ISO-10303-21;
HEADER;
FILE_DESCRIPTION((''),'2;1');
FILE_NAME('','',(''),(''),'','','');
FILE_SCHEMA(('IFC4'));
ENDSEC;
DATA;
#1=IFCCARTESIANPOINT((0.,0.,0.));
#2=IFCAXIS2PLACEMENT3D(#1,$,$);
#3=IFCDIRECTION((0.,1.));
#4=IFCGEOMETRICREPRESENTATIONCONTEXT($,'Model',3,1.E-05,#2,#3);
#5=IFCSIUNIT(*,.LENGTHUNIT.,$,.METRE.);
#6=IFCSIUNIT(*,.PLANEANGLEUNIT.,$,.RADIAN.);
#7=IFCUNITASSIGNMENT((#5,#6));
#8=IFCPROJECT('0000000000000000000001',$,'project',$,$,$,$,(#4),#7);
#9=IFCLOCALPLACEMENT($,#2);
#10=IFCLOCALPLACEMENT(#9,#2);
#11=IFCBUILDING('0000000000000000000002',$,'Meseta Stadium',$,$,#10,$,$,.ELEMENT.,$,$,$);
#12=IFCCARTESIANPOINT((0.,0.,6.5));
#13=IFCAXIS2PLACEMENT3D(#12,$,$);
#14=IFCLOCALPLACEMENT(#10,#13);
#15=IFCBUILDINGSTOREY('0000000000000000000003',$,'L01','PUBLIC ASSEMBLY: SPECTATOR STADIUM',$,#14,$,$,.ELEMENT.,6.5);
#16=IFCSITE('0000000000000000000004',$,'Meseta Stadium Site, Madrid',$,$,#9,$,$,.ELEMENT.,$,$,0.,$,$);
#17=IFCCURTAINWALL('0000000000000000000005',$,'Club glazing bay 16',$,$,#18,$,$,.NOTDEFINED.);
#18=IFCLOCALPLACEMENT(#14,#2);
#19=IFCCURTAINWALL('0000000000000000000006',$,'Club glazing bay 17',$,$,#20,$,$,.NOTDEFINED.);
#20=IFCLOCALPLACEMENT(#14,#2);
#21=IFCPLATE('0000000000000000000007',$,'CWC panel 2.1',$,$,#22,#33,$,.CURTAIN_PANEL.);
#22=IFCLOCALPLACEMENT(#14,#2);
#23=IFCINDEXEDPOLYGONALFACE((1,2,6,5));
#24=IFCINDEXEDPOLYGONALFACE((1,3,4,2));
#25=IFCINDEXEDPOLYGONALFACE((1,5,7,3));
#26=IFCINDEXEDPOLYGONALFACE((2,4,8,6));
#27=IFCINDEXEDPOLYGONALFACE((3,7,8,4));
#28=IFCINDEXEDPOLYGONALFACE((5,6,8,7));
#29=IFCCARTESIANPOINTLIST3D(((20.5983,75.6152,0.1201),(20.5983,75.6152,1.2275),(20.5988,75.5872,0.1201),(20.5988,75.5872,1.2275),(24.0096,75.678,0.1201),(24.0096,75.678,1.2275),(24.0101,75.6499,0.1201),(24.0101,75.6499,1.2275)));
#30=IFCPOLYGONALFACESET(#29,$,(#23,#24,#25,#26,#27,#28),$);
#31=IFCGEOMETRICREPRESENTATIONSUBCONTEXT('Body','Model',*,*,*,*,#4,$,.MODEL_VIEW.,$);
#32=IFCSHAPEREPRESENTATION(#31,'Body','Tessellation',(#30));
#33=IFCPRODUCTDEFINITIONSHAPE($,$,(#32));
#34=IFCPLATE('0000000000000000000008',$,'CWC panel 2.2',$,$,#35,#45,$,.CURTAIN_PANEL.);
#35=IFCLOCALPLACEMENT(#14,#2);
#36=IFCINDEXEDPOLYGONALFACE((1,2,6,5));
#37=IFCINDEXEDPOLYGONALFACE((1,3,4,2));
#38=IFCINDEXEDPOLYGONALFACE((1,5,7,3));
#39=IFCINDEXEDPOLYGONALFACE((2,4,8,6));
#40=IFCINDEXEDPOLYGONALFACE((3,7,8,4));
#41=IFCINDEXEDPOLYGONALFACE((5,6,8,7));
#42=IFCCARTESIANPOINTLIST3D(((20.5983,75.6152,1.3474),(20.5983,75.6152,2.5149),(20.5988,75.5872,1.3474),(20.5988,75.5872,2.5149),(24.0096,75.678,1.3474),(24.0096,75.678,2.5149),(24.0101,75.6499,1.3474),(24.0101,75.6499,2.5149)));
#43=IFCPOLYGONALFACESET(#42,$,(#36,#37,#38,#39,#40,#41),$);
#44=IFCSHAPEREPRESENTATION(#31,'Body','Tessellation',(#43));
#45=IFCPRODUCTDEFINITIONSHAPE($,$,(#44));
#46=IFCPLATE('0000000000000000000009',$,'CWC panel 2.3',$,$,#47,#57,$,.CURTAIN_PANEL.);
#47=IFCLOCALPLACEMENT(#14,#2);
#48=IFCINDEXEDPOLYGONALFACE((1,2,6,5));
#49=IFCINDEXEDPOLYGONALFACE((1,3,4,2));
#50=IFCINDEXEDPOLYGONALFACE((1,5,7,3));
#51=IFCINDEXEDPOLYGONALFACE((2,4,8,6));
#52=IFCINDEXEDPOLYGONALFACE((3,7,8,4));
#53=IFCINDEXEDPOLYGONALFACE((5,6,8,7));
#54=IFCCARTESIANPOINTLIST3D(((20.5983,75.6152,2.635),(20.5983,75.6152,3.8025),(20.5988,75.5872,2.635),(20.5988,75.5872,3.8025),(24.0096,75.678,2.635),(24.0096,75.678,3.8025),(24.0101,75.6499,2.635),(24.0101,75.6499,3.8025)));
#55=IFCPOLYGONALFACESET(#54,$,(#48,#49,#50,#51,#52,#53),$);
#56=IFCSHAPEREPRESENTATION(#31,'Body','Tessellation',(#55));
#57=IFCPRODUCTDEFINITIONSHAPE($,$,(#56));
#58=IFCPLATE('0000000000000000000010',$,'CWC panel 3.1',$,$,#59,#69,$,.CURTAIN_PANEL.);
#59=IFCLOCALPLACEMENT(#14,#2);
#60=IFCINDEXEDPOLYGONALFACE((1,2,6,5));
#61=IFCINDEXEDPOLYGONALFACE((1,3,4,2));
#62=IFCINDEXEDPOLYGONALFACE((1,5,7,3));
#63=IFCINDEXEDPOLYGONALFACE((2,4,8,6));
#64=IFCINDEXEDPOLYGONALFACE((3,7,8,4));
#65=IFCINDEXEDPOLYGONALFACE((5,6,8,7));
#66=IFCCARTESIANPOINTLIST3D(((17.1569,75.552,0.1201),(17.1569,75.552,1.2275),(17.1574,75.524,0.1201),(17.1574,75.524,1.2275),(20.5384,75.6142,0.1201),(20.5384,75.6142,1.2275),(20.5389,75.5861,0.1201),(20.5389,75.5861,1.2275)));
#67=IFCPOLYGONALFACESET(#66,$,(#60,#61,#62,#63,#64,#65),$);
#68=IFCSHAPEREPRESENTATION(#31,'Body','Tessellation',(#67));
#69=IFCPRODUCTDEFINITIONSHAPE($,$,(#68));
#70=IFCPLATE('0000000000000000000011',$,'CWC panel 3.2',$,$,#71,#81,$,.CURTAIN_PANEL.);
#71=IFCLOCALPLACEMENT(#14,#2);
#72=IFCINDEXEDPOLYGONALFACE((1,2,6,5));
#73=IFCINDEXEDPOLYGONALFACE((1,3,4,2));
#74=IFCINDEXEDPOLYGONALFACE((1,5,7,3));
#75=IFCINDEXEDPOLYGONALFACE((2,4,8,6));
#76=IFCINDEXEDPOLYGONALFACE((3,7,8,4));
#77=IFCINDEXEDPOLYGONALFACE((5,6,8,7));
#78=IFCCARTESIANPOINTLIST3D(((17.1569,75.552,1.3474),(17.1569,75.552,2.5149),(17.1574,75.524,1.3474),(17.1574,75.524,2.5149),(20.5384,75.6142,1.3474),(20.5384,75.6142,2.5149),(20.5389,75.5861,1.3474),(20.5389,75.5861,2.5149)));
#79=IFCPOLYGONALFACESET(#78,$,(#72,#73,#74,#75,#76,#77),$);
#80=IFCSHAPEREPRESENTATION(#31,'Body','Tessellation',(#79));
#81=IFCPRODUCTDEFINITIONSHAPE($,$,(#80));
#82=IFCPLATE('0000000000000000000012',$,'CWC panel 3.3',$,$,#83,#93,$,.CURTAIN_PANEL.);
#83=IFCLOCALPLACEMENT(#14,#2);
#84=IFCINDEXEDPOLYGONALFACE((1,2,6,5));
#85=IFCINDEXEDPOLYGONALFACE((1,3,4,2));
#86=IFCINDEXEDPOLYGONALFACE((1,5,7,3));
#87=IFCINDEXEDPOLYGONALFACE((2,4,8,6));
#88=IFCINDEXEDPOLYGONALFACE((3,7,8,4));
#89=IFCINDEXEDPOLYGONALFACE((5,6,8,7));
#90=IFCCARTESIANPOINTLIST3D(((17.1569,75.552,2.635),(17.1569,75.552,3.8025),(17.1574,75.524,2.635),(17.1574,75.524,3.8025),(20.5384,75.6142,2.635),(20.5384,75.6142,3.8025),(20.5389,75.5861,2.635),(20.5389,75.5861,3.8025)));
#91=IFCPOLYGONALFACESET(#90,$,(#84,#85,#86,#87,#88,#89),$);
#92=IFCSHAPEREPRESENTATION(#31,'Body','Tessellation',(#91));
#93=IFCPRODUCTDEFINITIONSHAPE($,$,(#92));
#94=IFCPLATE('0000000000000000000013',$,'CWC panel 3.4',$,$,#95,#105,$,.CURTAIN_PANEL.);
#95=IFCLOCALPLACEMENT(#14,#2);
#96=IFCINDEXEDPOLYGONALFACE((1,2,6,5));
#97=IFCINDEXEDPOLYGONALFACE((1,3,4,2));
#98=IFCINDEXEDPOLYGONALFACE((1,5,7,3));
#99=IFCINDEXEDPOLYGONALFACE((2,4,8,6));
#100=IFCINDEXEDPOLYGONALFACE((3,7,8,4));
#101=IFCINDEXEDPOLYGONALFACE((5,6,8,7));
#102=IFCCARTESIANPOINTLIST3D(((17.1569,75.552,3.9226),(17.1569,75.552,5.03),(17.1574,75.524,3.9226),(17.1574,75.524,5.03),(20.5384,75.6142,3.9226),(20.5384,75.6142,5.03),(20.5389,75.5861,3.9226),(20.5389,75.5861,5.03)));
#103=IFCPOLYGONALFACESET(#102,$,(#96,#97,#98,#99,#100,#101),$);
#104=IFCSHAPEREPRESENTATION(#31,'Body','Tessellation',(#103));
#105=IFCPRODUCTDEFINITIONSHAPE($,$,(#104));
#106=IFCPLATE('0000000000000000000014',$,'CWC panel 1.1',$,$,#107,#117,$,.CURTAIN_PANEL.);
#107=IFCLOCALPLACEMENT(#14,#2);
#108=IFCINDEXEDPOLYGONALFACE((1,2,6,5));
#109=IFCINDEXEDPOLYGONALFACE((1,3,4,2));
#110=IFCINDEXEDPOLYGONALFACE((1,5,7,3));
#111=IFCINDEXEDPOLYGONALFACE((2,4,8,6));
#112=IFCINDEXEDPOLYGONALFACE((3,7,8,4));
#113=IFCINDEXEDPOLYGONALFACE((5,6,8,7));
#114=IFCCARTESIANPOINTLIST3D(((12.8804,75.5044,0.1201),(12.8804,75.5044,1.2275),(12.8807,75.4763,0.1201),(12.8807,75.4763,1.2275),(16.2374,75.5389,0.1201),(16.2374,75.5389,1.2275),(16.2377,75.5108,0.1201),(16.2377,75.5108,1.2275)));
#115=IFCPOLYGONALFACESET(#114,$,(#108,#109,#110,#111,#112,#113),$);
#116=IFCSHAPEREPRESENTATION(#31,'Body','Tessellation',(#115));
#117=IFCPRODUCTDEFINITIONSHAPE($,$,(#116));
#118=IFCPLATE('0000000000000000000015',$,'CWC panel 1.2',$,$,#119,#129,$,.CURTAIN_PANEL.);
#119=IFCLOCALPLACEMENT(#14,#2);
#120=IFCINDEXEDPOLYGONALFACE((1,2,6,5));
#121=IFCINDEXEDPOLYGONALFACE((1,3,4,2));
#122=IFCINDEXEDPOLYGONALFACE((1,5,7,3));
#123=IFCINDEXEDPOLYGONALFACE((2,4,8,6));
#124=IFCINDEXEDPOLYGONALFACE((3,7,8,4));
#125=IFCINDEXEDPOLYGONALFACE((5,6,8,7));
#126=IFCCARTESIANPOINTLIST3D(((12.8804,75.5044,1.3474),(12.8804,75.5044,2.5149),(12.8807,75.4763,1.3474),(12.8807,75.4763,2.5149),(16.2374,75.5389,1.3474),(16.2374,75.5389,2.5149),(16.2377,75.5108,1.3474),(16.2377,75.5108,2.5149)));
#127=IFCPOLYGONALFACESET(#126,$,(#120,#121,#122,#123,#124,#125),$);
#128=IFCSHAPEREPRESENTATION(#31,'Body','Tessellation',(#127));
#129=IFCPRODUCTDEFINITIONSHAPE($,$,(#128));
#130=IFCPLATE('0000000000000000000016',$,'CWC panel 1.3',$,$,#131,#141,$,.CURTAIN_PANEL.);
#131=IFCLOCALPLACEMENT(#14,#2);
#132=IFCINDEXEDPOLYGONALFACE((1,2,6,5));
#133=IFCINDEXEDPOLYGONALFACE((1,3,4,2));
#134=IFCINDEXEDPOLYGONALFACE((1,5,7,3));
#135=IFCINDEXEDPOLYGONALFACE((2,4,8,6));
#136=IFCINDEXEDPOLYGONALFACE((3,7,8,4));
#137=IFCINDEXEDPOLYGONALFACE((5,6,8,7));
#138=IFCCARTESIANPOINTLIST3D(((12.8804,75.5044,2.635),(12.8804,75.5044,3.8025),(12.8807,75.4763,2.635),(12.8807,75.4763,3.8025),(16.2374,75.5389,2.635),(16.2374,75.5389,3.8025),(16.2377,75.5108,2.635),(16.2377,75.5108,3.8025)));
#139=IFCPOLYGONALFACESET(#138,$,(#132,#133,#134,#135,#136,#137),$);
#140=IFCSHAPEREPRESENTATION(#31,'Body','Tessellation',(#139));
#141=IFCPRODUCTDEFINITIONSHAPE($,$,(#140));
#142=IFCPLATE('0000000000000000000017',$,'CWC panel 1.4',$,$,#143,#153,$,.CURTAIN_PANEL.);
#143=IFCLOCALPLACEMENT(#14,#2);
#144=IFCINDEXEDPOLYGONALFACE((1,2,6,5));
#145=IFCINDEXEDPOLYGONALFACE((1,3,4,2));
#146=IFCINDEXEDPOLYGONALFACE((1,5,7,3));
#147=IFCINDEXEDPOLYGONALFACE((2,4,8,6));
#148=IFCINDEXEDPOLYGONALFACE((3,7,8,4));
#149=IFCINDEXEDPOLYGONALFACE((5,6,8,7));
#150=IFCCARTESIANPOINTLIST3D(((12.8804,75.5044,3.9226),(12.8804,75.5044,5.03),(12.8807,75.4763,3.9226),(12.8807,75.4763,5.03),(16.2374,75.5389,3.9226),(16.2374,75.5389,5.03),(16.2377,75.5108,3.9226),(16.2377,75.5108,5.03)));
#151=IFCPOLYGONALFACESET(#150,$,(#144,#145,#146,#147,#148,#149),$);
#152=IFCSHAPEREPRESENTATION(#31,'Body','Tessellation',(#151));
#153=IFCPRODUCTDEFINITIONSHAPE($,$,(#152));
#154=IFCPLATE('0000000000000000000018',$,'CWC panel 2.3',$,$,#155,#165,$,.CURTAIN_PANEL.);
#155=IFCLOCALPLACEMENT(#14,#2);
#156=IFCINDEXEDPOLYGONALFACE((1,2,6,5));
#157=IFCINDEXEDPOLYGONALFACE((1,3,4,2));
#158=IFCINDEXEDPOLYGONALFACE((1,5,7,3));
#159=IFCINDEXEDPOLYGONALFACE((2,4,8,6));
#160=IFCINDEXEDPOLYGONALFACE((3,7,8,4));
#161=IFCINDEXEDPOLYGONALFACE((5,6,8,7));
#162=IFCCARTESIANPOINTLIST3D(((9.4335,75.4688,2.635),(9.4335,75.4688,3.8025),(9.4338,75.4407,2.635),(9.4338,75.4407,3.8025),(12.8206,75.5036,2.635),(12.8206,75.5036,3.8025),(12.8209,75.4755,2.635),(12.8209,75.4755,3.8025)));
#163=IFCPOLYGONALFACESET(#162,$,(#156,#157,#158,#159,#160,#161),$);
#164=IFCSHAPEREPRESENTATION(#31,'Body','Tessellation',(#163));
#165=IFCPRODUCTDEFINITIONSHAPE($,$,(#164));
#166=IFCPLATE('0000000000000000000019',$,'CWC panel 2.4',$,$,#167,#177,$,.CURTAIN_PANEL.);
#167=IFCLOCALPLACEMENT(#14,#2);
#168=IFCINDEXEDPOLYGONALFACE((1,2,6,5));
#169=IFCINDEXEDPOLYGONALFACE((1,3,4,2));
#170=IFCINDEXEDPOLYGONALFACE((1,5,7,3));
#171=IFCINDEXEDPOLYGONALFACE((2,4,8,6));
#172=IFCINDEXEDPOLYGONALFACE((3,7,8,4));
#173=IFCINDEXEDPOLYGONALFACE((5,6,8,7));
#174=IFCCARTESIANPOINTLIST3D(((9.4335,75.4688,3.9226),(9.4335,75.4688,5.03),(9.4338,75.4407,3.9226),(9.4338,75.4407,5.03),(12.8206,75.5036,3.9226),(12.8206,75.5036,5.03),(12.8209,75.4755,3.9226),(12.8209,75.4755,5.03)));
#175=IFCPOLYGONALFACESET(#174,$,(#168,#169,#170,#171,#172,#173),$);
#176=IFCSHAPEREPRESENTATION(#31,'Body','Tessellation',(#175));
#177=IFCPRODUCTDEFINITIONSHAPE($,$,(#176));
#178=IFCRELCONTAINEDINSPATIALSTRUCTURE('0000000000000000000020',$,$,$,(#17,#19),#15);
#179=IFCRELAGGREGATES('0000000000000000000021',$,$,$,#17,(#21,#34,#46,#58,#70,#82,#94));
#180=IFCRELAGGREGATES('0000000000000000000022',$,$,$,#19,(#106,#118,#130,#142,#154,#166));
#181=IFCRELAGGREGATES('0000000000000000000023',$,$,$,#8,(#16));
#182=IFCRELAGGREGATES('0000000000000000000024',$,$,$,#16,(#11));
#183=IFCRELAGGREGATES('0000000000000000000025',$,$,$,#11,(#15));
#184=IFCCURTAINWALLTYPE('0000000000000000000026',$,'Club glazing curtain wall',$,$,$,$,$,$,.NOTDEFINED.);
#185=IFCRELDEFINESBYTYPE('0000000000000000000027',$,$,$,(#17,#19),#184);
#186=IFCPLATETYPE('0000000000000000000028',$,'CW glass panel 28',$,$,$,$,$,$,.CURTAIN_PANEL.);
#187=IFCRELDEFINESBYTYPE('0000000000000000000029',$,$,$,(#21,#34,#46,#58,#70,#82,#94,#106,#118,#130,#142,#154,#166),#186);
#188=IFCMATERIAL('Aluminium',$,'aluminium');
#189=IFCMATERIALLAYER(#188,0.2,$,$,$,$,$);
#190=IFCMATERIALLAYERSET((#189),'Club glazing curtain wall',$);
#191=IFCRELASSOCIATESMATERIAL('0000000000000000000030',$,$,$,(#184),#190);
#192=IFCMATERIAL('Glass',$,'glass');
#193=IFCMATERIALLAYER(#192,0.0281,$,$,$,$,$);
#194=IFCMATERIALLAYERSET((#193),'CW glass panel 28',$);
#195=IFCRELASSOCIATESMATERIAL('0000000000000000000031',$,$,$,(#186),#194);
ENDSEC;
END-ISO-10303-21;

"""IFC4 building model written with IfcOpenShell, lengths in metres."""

from ifc_helpers import new_model, si_unit, direction, frame, origin, origin_2d, place, context, subcontext, project, spatial, rectangle, extrude, material, layer, layer_set, type_object, element, aggregate, save


model = new_model("IFC4")

# Units and contexts
model_context = context("Model", 3, precision=1e-05, world=origin(), true_north=direction((0.0, 1.0)))
body_context = subcontext(model_context, "Body", "Model", "MODEL_VIEW")
ifc_project = project(units=[si_unit("LENGTHUNIT", "METRE"), si_unit("PLANEANGLEUNIT", "RADIAN")], contexts=[model_context])

# Site, building, storey
site_placement = place(None, origin())
site = spatial("IfcSite", under=ifc_project, at=site_placement, Name="Meseta Stadium Site, Madrid", CompositionType="ELEMENT", RefElevation=0.0)
building_placement = place(site_placement, origin())
building = spatial("IfcBuilding", under=site, at=building_placement, Name="Meseta Stadium", CompositionType="ELEMENT")
storey_placement = place(building_placement, frame((0.0, 0.0, 6.5)))
storey = spatial("IfcBuildingStorey", under=building, at=storey_placement, Name="L01", Description="PUBLIC ASSEMBLY: SPECTATOR STADIUM", CompositionType="ELEMENT", Elevation=6.5)

# Curtain walls
ifc_material_1 = material(Name="Aluminium", Category="aluminium")
ifc_layer_1 = layer(ifc_material_1, 0.2)
ifc_layer_set_1 = layer_set([ifc_layer_1], Name="Club glazing curtain wall")
curtain_wall_type = type_object("IfcCurtainWallType", Name="Club glazing curtain wall", PredefinedType="NOTDEFINED", material=ifc_layer_set_1)
curtain_wall_1_placement = place(storey_placement, origin())
curtain_wall_1 = element("IfcCurtainWall", 1, at=curtain_wall_1_placement, inside=storey, type_object=curtain_wall_type, Name="Club glazing bay 16", PredefinedType="NOTDEFINED")
curtain_wall_2_placement = place(storey_placement, origin())
curtain_wall_2 = element("IfcCurtainWall", 2, at=curtain_wall_2_placement, inside=storey, type_object=curtain_wall_type, Name="Club glazing bay 17", PredefinedType="NOTDEFINED")

# Plates
ifc_material_2 = material(Name="Glass", Category="glass")
ifc_layer_2 = layer(ifc_material_2, 0.0281)
ifc_layer_set_2 = layer_set([ifc_layer_2], Name="CW glass panel 28")
plate_type = type_object("IfcPlateType", Name="CW glass panel 28", PredefinedType="CURTAIN_PANEL", material=ifc_layer_set_2)
plate_1_placement = place(storey_placement, frame((22.3042, 75.6326, 0.1201), z_axis=(0.0, 0.0, 1.0), x_axis=(-0.999831, -0.018384, 0.0)))
plate_1 = element("IfcPlate", 3, at=plate_1_placement, type_object=plate_type, Name="CWC panel 2.1", PredefinedType="CURTAIN_PANEL", context=body_context, shape_type="SweptSolid", body=[
    extrude(rectangle(XDim=3.4119, YDim=0.0281, at=origin_2d()), origin(), (0.0, 0.0, 1.0), 1.1074),
])
plate_2_placement = place(storey_placement, frame((22.3042, 75.6326, 1.3474), z_axis=(0.0, 0.0, 1.0), x_axis=(-0.999831, -0.018384, 0.0)))
plate_2 = element("IfcPlate", 4, at=plate_2_placement, type_object=plate_type, Name="CWC panel 2.2", PredefinedType="CURTAIN_PANEL", context=body_context, shape_type="SweptSolid", body=[
    extrude(rectangle(XDim=3.4119, YDim=0.0281, at=origin_2d()), origin(), (0.0, 0.0, 1.0), 1.1675),
])
plate_3_placement = place(storey_placement, frame((22.3042, 75.6326, 2.635), z_axis=(0.0, 0.0, 1.0), x_axis=(-0.999831, -0.018384, 0.0)))
plate_3 = element("IfcPlate", 5, at=plate_3_placement, type_object=plate_type, Name="CWC panel 2.3", PredefinedType="CURTAIN_PANEL", context=body_context, shape_type="SweptSolid", body=[
    extrude(rectangle(XDim=3.4119, YDim=0.0281, at=origin_2d()), origin(), (0.0, 0.0, 1.0), 1.1675),
])
plate_4_placement = place(storey_placement, frame((18.8479, 75.5691, 0.1201), z_axis=(0.0, 0.0, 1.0), x_axis=(-0.999831, -0.018384, 0.0)))
plate_4 = element("IfcPlate", 6, at=plate_4_placement, type_object=plate_type, Name="CWC panel 3.1", PredefinedType="CURTAIN_PANEL", context=body_context, shape_type="SweptSolid", body=[
    extrude(rectangle(XDim=3.3821, YDim=0.0281, at=origin_2d()), origin(), (0.0, 0.0, 1.0), 1.1074),
])
plate_5_placement = place(storey_placement, frame((18.8479, 75.5691, 1.3474), z_axis=(0.0, 0.0, 1.0), x_axis=(-0.999831, -0.018384, 0.0)))
plate_5 = element("IfcPlate", 7, at=plate_5_placement, type_object=plate_type, Name="CWC panel 3.2", PredefinedType="CURTAIN_PANEL", context=body_context, shape_type="SweptSolid", body=[
    extrude(rectangle(XDim=3.3821, YDim=0.0281, at=origin_2d()), origin(), (0.0, 0.0, 1.0), 1.1675),
])
plate_6_placement = place(storey_placement, frame((18.8479, 75.5691, 2.635), z_axis=(0.0, 0.0, 1.0), x_axis=(-0.999831, -0.018384, 0.0)))
plate_6 = element("IfcPlate", 8, at=plate_6_placement, type_object=plate_type, Name="CWC panel 3.3", PredefinedType="CURTAIN_PANEL", context=body_context, shape_type="SweptSolid", body=[
    extrude(rectangle(XDim=3.3821, YDim=0.0281, at=origin_2d()), origin(), (0.0, 0.0, 1.0), 1.1675),
])
plate_7_placement = place(storey_placement, frame((18.8479, 75.5691, 3.9226), z_axis=(0.0, 0.0, 1.0), x_axis=(-0.999831, -0.018384, 0.0)))
plate_7 = element("IfcPlate", 9, at=plate_7_placement, type_object=plate_type, Name="CWC panel 3.4", PredefinedType="CURTAIN_PANEL", context=body_context, shape_type="SweptSolid", body=[
    extrude(rectangle(XDim=3.3821, YDim=0.0281, at=origin_2d()), origin(), (0.0, 0.0, 1.0), 1.1074),
])
aggregate(curtain_wall_1, [plate_1, plate_2, plate_3, plate_4, plate_5, plate_6, plate_7])
plate_8_placement = place(storey_placement, frame((14.5591, 75.5076, 0.1201), z_axis=(0.0, 0.0, 1.0), x_axis=(-0.999947, -0.010279, 0.0)))
plate_8 = element("IfcPlate", 10, at=plate_8_placement, type_object=plate_type, Name="CWC panel 1.1", PredefinedType="CURTAIN_PANEL", context=body_context, shape_type="SweptSolid", body=[
    extrude(rectangle(XDim=3.3572, YDim=0.0281, at=origin_2d()), origin(), (0.0, 0.0, 1.0), 1.1074),
])
plate_9_placement = place(storey_placement, frame((14.5591, 75.5076, 1.3474), z_axis=(0.0, 0.0, 1.0), x_axis=(-0.999947, -0.010279, 0.0)))
plate_9 = element("IfcPlate", 11, at=plate_9_placement, type_object=plate_type, Name="CWC panel 1.2", PredefinedType="CURTAIN_PANEL", context=body_context, shape_type="SweptSolid", body=[
    extrude(rectangle(XDim=3.3572, YDim=0.0281, at=origin_2d()), origin(), (0.0, 0.0, 1.0), 1.1675),
])
plate_10_placement = place(storey_placement, frame((14.5591, 75.5076, 2.635), z_axis=(0.0, 0.0, 1.0), x_axis=(-0.999947, -0.010279, 0.0)))
plate_10 = element("IfcPlate", 12, at=plate_10_placement, type_object=plate_type, Name="CWC panel 1.3", PredefinedType="CURTAIN_PANEL", context=body_context, shape_type="SweptSolid", body=[
    extrude(rectangle(XDim=3.3572, YDim=0.0281, at=origin_2d()), origin(), (0.0, 0.0, 1.0), 1.1675),
])
plate_11_placement = place(storey_placement, frame((14.5591, 75.5076, 3.9226), z_axis=(0.0, 0.0, 1.0), x_axis=(-0.999947, -0.010279, 0.0)))
plate_11 = element("IfcPlate", 13, at=plate_11_placement, type_object=plate_type, Name="CWC panel 1.4", PredefinedType="CURTAIN_PANEL", context=body_context, shape_type="SweptSolid", body=[
    extrude(rectangle(XDim=3.3572, YDim=0.0281, at=origin_2d()), origin(), (0.0, 0.0, 1.0), 1.1074),
])
plate_12_placement = place(storey_placement, frame((11.1272, 75.4722, 2.635), z_axis=(0.0, 0.0, 1.0), x_axis=(-0.999947, -0.010279, 0.0)))
plate_12 = element("IfcPlate", 14, at=plate_12_placement, type_object=plate_type, Name="CWC panel 2.3", PredefinedType="CURTAIN_PANEL", context=body_context, shape_type="SweptSolid", body=[
    extrude(rectangle(XDim=3.3872, YDim=0.0281, at=origin_2d()), origin(), (0.0, 0.0, 1.0), 1.1675),
])
plate_13_placement = place(storey_placement, frame((11.1272, 75.4722, 3.9226), z_axis=(0.0, 0.0, 1.0), x_axis=(-0.999947, -0.010279, 0.0)))
plate_13 = element("IfcPlate", 15, at=plate_13_placement, type_object=plate_type, Name="CWC panel 2.4", PredefinedType="CURTAIN_PANEL", context=body_context, shape_type="SweptSolid", body=[
    extrude(rectangle(XDim=3.3872, YDim=0.0281, at=origin_2d()), origin(), (0.0, 0.0, 1.0), 1.1074),
])
aggregate(curtain_wall_2, [plate_8, plate_9, plate_10, plate_11, plate_12, plate_13])

save(model, "model.ifc")
